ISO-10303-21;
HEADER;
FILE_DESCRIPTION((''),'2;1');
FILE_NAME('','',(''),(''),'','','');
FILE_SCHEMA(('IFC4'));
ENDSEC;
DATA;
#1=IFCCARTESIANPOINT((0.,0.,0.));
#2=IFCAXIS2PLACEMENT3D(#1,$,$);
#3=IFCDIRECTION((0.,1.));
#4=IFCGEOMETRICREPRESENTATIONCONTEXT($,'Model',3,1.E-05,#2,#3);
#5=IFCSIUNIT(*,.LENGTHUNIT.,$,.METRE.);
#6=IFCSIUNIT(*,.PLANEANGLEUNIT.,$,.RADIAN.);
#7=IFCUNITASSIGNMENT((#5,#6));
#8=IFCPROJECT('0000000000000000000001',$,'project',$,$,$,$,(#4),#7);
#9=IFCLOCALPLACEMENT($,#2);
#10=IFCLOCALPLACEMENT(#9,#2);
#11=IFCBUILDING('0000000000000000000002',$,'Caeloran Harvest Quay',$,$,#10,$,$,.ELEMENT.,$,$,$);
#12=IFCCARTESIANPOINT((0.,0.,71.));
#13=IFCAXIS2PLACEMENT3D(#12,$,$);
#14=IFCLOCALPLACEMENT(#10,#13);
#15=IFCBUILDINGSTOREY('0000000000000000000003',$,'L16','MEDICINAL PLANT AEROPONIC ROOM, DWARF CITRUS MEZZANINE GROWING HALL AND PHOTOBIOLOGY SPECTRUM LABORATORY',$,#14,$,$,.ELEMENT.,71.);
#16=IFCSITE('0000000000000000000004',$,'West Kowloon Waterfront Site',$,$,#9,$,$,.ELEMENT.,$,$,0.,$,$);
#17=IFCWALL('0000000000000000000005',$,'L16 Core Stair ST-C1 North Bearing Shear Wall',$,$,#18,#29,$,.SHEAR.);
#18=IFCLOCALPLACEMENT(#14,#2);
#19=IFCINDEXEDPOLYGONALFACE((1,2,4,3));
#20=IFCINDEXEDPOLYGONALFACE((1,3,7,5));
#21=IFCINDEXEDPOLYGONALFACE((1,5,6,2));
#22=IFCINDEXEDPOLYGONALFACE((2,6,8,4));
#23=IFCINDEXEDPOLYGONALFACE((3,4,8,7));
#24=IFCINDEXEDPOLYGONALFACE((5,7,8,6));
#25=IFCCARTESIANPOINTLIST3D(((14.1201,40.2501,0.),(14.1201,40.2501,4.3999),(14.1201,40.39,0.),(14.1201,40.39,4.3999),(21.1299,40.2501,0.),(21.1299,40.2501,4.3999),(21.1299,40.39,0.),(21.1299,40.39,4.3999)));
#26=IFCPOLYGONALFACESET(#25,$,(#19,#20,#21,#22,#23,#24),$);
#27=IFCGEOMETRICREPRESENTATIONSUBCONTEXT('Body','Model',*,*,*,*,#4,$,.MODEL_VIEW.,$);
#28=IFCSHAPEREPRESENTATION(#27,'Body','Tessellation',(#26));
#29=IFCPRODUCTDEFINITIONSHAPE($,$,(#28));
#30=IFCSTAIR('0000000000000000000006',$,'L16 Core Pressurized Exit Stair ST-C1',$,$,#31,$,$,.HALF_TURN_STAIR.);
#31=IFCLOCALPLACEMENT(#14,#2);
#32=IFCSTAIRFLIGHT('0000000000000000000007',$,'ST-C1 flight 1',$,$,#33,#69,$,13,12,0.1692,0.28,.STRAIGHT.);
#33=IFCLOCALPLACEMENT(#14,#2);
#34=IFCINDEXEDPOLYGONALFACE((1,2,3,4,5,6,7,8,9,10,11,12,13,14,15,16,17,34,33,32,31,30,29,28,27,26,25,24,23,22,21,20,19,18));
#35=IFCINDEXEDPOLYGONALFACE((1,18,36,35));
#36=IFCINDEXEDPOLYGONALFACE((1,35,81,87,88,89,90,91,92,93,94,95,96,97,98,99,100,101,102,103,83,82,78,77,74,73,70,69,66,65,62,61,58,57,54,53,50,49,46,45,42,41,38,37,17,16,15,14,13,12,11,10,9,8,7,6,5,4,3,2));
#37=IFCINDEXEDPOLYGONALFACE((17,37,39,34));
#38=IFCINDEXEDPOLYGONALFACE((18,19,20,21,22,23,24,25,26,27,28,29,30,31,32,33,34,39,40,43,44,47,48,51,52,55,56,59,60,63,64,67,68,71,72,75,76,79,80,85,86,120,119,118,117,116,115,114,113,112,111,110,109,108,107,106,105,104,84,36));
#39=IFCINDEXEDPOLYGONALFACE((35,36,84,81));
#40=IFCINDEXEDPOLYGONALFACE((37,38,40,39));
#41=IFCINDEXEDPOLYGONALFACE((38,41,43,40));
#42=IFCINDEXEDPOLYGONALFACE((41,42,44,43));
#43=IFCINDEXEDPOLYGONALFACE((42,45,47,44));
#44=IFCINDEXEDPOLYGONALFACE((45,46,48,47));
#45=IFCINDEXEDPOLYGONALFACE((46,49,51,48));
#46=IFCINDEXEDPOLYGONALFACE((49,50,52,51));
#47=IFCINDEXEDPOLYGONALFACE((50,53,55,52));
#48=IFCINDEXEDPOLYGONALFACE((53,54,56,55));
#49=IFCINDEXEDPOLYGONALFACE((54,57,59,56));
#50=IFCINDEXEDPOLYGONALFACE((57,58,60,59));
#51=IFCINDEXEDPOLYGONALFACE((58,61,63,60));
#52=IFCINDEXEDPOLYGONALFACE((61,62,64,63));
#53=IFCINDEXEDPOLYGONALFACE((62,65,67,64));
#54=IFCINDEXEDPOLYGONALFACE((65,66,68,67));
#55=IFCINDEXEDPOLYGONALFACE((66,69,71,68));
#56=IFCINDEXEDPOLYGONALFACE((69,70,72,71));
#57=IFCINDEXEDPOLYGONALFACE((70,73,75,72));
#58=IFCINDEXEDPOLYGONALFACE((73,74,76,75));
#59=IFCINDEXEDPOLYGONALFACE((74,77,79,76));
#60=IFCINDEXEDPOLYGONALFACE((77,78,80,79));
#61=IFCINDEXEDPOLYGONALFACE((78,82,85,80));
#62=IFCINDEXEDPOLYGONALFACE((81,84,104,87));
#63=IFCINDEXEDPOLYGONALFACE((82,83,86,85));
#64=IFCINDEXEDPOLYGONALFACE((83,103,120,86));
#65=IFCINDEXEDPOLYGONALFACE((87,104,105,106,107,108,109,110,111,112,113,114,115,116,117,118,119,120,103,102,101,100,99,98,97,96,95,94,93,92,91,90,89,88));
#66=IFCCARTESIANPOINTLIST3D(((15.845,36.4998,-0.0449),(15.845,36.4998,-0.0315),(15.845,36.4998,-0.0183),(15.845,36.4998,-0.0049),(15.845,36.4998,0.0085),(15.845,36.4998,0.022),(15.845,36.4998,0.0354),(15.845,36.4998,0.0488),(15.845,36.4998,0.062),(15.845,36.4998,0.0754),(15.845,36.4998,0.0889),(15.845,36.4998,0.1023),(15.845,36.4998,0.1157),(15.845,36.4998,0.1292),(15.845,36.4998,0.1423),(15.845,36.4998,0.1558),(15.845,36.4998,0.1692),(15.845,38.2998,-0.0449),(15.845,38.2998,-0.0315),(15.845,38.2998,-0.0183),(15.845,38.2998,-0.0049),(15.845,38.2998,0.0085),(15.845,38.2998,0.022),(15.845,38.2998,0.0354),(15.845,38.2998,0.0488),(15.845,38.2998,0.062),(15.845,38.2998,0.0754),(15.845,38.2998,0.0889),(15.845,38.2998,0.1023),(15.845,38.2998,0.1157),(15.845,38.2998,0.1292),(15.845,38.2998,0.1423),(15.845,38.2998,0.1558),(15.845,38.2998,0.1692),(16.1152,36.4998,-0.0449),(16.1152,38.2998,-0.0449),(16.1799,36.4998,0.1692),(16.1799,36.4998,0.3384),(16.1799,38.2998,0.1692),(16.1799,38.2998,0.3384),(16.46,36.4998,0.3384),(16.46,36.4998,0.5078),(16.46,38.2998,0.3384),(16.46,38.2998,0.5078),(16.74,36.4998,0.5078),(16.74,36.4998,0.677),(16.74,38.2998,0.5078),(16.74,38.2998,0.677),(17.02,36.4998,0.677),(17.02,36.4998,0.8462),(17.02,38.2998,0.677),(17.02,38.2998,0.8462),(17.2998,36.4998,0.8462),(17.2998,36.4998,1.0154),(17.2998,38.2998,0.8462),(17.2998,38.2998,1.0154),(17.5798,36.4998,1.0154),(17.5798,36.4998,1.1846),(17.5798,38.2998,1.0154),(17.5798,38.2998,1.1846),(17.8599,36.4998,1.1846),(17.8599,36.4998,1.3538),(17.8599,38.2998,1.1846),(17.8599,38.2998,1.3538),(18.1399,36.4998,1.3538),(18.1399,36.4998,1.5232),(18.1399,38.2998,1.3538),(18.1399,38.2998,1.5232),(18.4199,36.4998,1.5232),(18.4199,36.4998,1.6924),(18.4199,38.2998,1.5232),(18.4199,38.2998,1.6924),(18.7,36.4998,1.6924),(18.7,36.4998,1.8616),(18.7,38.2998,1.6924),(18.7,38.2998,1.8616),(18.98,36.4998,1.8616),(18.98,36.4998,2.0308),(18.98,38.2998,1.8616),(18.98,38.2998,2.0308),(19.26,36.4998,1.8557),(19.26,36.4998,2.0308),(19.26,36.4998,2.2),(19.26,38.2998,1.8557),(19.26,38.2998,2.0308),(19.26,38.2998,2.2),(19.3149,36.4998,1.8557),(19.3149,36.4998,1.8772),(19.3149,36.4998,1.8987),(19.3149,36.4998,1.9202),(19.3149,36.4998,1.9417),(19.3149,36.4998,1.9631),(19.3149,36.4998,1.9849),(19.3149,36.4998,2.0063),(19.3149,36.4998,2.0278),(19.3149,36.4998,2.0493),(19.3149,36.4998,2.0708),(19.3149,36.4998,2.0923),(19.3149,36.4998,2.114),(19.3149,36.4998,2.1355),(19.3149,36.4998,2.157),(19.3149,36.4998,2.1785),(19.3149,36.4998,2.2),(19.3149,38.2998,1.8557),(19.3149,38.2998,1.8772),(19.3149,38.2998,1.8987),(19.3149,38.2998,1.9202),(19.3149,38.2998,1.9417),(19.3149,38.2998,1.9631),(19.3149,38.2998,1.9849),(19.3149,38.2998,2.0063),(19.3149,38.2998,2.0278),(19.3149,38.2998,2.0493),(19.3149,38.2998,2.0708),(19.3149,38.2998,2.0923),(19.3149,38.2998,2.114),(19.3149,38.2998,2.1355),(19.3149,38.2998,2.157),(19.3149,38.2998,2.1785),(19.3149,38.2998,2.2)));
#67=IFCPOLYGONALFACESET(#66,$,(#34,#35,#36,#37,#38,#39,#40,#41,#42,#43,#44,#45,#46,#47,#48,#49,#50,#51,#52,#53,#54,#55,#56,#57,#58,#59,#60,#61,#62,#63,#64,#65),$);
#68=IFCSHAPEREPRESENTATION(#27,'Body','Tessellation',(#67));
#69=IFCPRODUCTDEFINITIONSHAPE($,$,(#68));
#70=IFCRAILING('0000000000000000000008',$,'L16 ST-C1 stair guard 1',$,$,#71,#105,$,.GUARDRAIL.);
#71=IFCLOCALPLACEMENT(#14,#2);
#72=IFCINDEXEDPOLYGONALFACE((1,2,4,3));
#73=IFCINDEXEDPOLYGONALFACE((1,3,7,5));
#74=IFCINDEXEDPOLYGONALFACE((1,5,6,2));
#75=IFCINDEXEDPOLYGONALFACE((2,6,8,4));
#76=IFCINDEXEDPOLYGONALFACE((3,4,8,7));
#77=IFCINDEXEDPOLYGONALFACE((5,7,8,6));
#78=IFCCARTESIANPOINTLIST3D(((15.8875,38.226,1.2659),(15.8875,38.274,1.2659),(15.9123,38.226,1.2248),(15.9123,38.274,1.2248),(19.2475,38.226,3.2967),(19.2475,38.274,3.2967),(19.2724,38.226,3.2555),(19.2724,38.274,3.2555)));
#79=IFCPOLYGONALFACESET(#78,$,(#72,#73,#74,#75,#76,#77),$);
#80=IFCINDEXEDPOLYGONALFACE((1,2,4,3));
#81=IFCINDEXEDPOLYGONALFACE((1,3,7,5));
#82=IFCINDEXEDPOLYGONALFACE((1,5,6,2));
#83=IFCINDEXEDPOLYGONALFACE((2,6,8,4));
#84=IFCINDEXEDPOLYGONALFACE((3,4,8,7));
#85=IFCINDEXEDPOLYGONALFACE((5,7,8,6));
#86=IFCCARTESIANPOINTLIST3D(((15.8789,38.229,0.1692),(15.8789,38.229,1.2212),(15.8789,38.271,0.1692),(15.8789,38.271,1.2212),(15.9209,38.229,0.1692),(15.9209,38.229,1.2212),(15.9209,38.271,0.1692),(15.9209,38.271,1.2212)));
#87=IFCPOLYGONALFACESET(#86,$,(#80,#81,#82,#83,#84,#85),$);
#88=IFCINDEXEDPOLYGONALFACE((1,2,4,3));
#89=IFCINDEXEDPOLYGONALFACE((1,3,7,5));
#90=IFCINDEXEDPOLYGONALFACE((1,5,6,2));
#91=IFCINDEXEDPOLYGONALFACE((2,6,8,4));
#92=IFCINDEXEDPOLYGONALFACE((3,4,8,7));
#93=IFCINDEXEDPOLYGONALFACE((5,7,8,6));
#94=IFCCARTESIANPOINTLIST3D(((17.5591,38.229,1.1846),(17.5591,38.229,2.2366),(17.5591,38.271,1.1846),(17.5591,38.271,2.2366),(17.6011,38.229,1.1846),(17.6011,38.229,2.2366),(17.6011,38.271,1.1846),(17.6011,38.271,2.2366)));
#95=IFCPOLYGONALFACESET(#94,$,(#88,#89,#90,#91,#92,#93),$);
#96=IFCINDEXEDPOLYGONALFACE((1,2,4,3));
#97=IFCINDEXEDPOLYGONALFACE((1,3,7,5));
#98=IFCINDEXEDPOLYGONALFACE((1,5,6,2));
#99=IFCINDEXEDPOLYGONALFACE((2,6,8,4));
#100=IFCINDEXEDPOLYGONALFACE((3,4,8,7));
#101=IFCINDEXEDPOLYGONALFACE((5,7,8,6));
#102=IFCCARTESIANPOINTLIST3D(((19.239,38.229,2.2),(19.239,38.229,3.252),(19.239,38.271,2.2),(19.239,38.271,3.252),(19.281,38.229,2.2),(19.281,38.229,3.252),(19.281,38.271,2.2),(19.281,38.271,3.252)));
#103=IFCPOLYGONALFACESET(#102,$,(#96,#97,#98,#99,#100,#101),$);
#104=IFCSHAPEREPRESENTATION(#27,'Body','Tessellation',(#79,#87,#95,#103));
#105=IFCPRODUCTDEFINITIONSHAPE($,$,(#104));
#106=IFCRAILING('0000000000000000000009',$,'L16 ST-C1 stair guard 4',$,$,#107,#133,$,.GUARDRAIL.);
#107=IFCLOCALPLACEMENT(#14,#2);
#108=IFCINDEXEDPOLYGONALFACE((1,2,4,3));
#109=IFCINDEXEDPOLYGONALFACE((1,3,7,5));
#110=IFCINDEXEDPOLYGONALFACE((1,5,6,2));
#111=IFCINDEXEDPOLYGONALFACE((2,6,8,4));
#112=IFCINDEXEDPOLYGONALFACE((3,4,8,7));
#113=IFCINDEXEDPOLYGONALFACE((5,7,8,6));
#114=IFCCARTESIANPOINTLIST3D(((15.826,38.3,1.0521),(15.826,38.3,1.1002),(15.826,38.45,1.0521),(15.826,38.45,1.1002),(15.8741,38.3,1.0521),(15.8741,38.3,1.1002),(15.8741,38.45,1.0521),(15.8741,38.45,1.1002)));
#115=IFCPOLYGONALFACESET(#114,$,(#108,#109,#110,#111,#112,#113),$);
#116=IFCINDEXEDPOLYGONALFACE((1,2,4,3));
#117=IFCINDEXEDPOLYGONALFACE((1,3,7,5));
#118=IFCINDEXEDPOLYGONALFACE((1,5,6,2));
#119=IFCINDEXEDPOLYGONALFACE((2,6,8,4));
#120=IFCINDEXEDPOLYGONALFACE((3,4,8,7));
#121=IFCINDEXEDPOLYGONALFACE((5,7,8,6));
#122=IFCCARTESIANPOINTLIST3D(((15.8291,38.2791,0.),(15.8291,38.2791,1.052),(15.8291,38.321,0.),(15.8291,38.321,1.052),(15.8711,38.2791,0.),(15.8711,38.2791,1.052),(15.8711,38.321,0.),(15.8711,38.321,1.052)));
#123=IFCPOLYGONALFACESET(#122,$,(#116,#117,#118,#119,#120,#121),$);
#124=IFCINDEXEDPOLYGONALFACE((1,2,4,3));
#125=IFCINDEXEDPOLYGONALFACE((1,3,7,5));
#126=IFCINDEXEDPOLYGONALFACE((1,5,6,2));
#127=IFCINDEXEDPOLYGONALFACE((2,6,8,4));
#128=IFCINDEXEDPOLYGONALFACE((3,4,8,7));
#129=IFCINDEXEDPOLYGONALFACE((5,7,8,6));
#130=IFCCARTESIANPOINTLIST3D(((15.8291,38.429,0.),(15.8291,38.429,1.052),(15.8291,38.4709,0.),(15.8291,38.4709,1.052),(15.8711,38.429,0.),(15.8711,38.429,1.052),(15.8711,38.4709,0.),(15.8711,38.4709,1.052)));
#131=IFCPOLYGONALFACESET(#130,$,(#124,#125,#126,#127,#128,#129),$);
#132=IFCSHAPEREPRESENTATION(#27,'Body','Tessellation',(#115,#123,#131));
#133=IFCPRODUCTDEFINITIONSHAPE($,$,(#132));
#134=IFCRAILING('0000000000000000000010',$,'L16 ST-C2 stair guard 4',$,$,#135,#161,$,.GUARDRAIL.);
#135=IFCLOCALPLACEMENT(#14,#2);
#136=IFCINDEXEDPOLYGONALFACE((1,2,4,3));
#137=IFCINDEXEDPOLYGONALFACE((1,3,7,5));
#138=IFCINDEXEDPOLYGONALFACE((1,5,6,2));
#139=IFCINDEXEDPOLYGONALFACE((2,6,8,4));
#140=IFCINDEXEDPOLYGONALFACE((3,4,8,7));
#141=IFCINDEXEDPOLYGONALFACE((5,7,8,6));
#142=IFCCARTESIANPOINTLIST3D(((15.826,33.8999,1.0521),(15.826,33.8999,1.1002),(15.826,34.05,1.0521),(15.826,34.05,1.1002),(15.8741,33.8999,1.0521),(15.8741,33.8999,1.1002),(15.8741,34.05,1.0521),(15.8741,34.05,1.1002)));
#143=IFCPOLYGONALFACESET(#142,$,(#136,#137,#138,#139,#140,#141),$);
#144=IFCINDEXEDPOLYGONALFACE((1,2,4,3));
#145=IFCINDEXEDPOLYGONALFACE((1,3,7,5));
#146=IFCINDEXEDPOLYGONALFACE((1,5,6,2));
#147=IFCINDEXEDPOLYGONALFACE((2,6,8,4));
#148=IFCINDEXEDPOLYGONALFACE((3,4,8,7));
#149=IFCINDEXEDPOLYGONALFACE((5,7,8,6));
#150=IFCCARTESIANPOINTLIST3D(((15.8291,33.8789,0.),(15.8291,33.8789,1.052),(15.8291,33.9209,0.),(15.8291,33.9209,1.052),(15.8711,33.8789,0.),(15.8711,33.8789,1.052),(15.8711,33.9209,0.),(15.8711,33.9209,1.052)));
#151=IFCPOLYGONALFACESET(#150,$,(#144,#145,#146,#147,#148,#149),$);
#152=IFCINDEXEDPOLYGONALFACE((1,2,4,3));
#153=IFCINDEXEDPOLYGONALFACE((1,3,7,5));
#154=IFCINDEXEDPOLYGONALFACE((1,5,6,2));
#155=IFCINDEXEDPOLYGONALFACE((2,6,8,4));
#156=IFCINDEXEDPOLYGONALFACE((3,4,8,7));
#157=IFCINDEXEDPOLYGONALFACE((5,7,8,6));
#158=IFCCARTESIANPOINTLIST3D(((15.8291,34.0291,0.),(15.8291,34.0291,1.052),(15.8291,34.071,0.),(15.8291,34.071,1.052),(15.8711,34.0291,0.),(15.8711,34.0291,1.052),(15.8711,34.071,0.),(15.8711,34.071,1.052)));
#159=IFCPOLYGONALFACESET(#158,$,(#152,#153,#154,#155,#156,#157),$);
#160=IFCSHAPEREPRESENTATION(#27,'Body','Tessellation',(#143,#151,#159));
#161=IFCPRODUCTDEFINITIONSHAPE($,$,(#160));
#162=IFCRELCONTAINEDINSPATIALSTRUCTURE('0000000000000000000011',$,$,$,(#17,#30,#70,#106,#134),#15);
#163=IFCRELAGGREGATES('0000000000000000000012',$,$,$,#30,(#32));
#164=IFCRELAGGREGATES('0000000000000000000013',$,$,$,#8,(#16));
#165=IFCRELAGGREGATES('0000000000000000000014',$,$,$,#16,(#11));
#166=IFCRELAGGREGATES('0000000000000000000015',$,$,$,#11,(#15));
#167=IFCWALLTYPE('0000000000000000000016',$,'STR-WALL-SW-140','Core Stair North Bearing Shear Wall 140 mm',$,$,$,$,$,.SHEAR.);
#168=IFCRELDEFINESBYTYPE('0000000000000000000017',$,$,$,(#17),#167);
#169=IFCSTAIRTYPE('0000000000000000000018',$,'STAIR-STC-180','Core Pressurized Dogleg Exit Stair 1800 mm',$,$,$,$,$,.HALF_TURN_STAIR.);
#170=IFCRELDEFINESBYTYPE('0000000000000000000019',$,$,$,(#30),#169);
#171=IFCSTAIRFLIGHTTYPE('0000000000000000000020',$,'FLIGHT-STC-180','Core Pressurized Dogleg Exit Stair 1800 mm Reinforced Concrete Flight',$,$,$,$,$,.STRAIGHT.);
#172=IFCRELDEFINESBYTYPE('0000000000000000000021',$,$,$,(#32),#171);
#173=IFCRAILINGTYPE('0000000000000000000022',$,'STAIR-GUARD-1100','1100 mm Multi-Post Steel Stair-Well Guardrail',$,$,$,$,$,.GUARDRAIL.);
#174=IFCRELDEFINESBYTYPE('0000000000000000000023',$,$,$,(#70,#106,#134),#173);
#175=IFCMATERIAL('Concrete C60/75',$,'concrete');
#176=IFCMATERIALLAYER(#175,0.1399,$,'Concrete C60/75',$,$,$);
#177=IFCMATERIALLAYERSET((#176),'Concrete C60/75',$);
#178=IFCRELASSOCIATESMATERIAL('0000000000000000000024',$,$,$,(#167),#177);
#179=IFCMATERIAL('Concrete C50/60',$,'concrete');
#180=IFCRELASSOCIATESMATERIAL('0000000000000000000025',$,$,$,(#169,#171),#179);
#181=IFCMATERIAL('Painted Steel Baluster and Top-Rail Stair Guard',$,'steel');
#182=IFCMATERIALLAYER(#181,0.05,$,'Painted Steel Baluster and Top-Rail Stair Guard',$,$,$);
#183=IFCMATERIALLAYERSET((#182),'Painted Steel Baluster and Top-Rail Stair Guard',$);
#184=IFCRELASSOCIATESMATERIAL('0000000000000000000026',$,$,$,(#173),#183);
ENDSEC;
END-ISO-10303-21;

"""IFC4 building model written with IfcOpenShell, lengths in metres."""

from ifc_helpers import new_model, si_unit, direction, frame, frame_2d, origin, origin_2d, place, context, subcontext, project, spatial, polyline, rectangle, outline, extrude, material, layer, layer_set, type_object, element, aggregate, save


model = new_model("IFC4")

# Units and contexts
model_context = context("Model", 3, precision=1e-05, world=origin(), true_north=direction((0.0, 1.0)))
body_context = subcontext(model_context, "Body", "Model", "MODEL_VIEW")
ifc_project = project(units=[si_unit("LENGTHUNIT", "METRE"), si_unit("PLANEANGLEUNIT", "RADIAN")], contexts=[model_context])

# Site, building, storey
site_placement = place(None, origin())
site = spatial("IfcSite", under=ifc_project, at=site_placement, Name="West Kowloon Waterfront Site", CompositionType="ELEMENT", RefElevation=0.0)
building_placement = place(site_placement, origin())
building = spatial("IfcBuilding", under=site, at=building_placement, Name="Caeloran Harvest Quay", CompositionType="ELEMENT")
storey_placement = place(building_placement, frame((0.0, 0.0, 71.0)))
storey = spatial("IfcBuildingStorey", under=building, at=storey_placement, Name="L16", Description="MEDICINAL PLANT AEROPONIC ROOM, DWARF CITRUS MEZZANINE GROWING HALL AND PHOTOBIOLOGY SPECTRUM LABORATORY", CompositionType="ELEMENT", Elevation=71.0)

# Shared definitions
ifc_material_1 = material(Name="Concrete C50/60", Category="concrete")

# Wall
ifc_material_2 = material(Name="Concrete C60/75", Category="concrete")
ifc_layer_1 = layer(ifc_material_2, 0.1399, Name="Concrete C60/75")
ifc_layer_set_1 = layer_set([ifc_layer_1], Name="Concrete C60/75")
wall_type_1 = type_object("IfcWallType", Name="STR-WALL-SW-140", Description="Core Stair North Bearing Shear Wall 140 mm", PredefinedType="SHEAR", material=ifc_layer_set_1)
wall_1_placement = place(storey_placement, frame((14.1201, 40.3201, 0.0), z_axis=(0.0, 0.0, 1.0), x_axis=(1.0, 0.0, 0.0)))
element("IfcWall", 1, at=wall_1_placement, inside=storey, type_object=wall_type_1, Name="L16 Core Stair ST-C1 North Bearing Shear Wall", PredefinedType="SHEAR", context=body_context, shape_type="SweptSolid", body=[
    extrude(rectangle(XDim=7.0098, YDim=0.1399, at=frame_2d((3.5049, 0.0))), origin(), (0.0, 0.0, 1.0), 4.3999),
])

# Stair, stair flight
stair_type = type_object("IfcStairType", Name="STAIR-STC-180", Description="Core Pressurized Dogleg Exit Stair 1800 mm", PredefinedType="HALF_TURN_STAIR", material=ifc_material_1)
stair_placement = place(storey_placement, origin())
stair = element("IfcStair", 2, at=stair_placement, inside=storey, type_object=stair_type, Name="L16 Core Pressurized Exit Stair ST-C1", PredefinedType="HALF_TURN_STAIR")
stair_flight_type = type_object("IfcStairFlightType", Name="FLIGHT-STC-180", Description="Core Pressurized Dogleg Exit Stair 1800 mm Reinforced Concrete Flight", PredefinedType="STRAIGHT", material=ifc_material_1)
stair_flight_placement = place(storey_placement, frame((15.8999, 37.3999, 0.0), z_axis=(0.0, 0.0, 1.0), x_axis=(1.0, 0.0, 0.0)))
stair_flight = element("IfcStairFlight", 3, at=stair_flight_placement, type_object=stair_flight_type, Name="ST-C1 flight 1", NumberOfRisers=13, NumberOfTreads=12, PredefinedType="STRAIGHT", RiserHeight=0.1692, TreadLength=0.28, context=body_context, shape_type="SweptSolid", body=[
    extrude(outline(polyline([(-0.0549, -0.0449), (-0.0549, -0.0315), (-0.0549, -0.0183), (-0.0549, -0.0049), (-0.0549, 0.0085), (-0.0549, 0.022), (-0.0549, 0.0354), (-0.0549, 0.0488), (-0.0549, 0.062), (-0.0549, 0.0754), (-0.0549, 0.0889), (-0.0549, 0.1023), (-0.0549, 0.1157), (-0.0549, 0.1292), (-0.0549, 0.1423), (-0.0549, 0.1558), (-0.0549, 0.1692), (0.28, 0.1692), (0.28, 0.3384), (0.5601, 0.3384), (0.5601, 0.5078), (0.8401, 0.5078), (0.8401, 0.677), (1.1201, 0.677), (1.1201, 0.8462), (1.3999, 0.8462), (1.3999, 1.0154), (1.6799, 1.0154), (1.6799, 1.1846), (1.96, 1.1846), (1.96, 1.3538), (2.24, 1.3538), (2.24, 1.5232), (2.52, 1.5232), (2.52, 1.6924), (2.8, 1.6924), (2.8, 1.8616), (3.0801, 1.8616), (3.0801, 2.0308), (3.3601, 2.0308), (3.3601, 2.2), (3.415, 2.2), (3.415, 2.1785), (3.415, 2.157), (3.415, 2.1355), (3.415, 2.114), (3.415, 2.0923), (3.415, 2.0708), (3.415, 2.0493), (3.415, 2.0278), (3.415, 2.0063), (3.415, 1.9849), (3.415, 1.9631), (3.415, 1.9417), (3.415, 1.9202), (3.415, 1.8987), (3.415, 1.8772), (3.415, 1.8557), (3.3601, 1.8557), (0.2153, -0.0449), (-0.0549, -0.0449)])), frame((0.0, 0.8999, 0.0), z_axis=(0.0, -1.0, 0.0), x_axis=(1.0, 0.0, 0.0)), (0.0, 0.0, 1.0), 1.8),
])
aggregate(stair, [stair_flight])

# Railings
ifc_material_3 = material(Name="Painted Steel Baluster and Top-Rail Stair Guard", Category="steel")
ifc_layer_2 = layer(ifc_material_3, 0.05, Name="Painted Steel Baluster and Top-Rail Stair Guard")
ifc_layer_set_2 = layer_set([ifc_layer_2], Name="Painted Steel Baluster and Top-Rail Stair Guard")
railing_type_1 = type_object("IfcRailingType", Name="STAIR-GUARD-1100", Description="1100 mm Multi-Post Steel Stair-Well Guardrail", PredefinedType="GUARDRAIL", material=ifc_layer_set_2)
railing_1_placement = place(storey_placement, frame((15.8999, 38.25, 0.1692)))
element("IfcRailing", 4, at=railing_1_placement, inside=storey, type_object=railing_type_1, Name="L16 ST-C1 stair guard 1", PredefinedType="GUARDRAIL", context=body_context, shape_type="SweptSolid", body=[
    extrude(rectangle(XDim=0.0481, YDim=0.0481, at=origin_2d()), frame((0.0, 0.0, 1.0762), z_axis=(0.855837, 0.0, 0.517246), x_axis=(0.0, 1.0, 0.0)), (0.0, 0.0, 1.0), 3.926),
    extrude(rectangle(XDim=0.042, YDim=0.042, at=origin_2d()), origin(), (0.0, 0.0, 1.0), 1.052),
    extrude(rectangle(XDim=0.042, YDim=0.042, at=origin_2d()), frame((1.6802, 0.0, 1.0154)), (0.0, 0.0, 1.0), 1.052),
    extrude(rectangle(XDim=0.042, YDim=0.042, at=origin_2d()), frame((3.3601, 0.0, 2.0308)), (0.0, 0.0, 1.0), 1.052),
])
railing_2_placement = place(storey_placement, frame((15.8501, 38.3, 0.0)))
element("IfcRailing", 5, at=railing_2_placement, inside=storey, type_object=railing_type_1, Name="L16 ST-C1 stair guard 4", PredefinedType="GUARDRAIL", context=body_context, shape_type="SweptSolid", body=[
    extrude(rectangle(XDim=0.0481, YDim=0.0481, at=origin_2d()), frame((0.0, 0.0, 1.0762), z_axis=(0.0, 1.0, 0.0), x_axis=(-1.0, 0.0, 0.0)), (0.0, 0.0, 1.0), 0.1499),
    extrude(rectangle(XDim=0.042, YDim=0.042, at=origin_2d()), origin(), (0.0, 0.0, 1.0), 1.052),
    extrude(rectangle(XDim=0.042, YDim=0.042, at=origin_2d()), frame((0.0, 0.1499, 0.0)), (0.0, 0.0, 1.0), 1.052),
])
railing_3_placement = place(storey_placement, frame((15.8501, 33.8999, 0.0)))
element("IfcRailing", 6, at=railing_3_placement, inside=storey, type_object=railing_type_1, Name="L16 ST-C2 stair guard 4", PredefinedType="GUARDRAIL", context=body_context, shape_type="SweptSolid", body=[
    extrude(rectangle(XDim=0.0481, YDim=0.0481, at=origin_2d()), frame((0.0, 0.0, 1.0762), z_axis=(0.0, 1.0, 0.0), x_axis=(-1.0, 0.0, 0.0)), (0.0, 0.0, 1.0), 0.1501),
    extrude(rectangle(XDim=0.042, YDim=0.042, at=origin_2d()), origin(), (0.0, 0.0, 1.0), 1.052),
    extrude(rectangle(XDim=0.042, YDim=0.042, at=origin_2d()), frame((0.0, 0.1501, 0.0)), (0.0, 0.0, 1.0), 1.052),
])

save(model, "model.ifc")
